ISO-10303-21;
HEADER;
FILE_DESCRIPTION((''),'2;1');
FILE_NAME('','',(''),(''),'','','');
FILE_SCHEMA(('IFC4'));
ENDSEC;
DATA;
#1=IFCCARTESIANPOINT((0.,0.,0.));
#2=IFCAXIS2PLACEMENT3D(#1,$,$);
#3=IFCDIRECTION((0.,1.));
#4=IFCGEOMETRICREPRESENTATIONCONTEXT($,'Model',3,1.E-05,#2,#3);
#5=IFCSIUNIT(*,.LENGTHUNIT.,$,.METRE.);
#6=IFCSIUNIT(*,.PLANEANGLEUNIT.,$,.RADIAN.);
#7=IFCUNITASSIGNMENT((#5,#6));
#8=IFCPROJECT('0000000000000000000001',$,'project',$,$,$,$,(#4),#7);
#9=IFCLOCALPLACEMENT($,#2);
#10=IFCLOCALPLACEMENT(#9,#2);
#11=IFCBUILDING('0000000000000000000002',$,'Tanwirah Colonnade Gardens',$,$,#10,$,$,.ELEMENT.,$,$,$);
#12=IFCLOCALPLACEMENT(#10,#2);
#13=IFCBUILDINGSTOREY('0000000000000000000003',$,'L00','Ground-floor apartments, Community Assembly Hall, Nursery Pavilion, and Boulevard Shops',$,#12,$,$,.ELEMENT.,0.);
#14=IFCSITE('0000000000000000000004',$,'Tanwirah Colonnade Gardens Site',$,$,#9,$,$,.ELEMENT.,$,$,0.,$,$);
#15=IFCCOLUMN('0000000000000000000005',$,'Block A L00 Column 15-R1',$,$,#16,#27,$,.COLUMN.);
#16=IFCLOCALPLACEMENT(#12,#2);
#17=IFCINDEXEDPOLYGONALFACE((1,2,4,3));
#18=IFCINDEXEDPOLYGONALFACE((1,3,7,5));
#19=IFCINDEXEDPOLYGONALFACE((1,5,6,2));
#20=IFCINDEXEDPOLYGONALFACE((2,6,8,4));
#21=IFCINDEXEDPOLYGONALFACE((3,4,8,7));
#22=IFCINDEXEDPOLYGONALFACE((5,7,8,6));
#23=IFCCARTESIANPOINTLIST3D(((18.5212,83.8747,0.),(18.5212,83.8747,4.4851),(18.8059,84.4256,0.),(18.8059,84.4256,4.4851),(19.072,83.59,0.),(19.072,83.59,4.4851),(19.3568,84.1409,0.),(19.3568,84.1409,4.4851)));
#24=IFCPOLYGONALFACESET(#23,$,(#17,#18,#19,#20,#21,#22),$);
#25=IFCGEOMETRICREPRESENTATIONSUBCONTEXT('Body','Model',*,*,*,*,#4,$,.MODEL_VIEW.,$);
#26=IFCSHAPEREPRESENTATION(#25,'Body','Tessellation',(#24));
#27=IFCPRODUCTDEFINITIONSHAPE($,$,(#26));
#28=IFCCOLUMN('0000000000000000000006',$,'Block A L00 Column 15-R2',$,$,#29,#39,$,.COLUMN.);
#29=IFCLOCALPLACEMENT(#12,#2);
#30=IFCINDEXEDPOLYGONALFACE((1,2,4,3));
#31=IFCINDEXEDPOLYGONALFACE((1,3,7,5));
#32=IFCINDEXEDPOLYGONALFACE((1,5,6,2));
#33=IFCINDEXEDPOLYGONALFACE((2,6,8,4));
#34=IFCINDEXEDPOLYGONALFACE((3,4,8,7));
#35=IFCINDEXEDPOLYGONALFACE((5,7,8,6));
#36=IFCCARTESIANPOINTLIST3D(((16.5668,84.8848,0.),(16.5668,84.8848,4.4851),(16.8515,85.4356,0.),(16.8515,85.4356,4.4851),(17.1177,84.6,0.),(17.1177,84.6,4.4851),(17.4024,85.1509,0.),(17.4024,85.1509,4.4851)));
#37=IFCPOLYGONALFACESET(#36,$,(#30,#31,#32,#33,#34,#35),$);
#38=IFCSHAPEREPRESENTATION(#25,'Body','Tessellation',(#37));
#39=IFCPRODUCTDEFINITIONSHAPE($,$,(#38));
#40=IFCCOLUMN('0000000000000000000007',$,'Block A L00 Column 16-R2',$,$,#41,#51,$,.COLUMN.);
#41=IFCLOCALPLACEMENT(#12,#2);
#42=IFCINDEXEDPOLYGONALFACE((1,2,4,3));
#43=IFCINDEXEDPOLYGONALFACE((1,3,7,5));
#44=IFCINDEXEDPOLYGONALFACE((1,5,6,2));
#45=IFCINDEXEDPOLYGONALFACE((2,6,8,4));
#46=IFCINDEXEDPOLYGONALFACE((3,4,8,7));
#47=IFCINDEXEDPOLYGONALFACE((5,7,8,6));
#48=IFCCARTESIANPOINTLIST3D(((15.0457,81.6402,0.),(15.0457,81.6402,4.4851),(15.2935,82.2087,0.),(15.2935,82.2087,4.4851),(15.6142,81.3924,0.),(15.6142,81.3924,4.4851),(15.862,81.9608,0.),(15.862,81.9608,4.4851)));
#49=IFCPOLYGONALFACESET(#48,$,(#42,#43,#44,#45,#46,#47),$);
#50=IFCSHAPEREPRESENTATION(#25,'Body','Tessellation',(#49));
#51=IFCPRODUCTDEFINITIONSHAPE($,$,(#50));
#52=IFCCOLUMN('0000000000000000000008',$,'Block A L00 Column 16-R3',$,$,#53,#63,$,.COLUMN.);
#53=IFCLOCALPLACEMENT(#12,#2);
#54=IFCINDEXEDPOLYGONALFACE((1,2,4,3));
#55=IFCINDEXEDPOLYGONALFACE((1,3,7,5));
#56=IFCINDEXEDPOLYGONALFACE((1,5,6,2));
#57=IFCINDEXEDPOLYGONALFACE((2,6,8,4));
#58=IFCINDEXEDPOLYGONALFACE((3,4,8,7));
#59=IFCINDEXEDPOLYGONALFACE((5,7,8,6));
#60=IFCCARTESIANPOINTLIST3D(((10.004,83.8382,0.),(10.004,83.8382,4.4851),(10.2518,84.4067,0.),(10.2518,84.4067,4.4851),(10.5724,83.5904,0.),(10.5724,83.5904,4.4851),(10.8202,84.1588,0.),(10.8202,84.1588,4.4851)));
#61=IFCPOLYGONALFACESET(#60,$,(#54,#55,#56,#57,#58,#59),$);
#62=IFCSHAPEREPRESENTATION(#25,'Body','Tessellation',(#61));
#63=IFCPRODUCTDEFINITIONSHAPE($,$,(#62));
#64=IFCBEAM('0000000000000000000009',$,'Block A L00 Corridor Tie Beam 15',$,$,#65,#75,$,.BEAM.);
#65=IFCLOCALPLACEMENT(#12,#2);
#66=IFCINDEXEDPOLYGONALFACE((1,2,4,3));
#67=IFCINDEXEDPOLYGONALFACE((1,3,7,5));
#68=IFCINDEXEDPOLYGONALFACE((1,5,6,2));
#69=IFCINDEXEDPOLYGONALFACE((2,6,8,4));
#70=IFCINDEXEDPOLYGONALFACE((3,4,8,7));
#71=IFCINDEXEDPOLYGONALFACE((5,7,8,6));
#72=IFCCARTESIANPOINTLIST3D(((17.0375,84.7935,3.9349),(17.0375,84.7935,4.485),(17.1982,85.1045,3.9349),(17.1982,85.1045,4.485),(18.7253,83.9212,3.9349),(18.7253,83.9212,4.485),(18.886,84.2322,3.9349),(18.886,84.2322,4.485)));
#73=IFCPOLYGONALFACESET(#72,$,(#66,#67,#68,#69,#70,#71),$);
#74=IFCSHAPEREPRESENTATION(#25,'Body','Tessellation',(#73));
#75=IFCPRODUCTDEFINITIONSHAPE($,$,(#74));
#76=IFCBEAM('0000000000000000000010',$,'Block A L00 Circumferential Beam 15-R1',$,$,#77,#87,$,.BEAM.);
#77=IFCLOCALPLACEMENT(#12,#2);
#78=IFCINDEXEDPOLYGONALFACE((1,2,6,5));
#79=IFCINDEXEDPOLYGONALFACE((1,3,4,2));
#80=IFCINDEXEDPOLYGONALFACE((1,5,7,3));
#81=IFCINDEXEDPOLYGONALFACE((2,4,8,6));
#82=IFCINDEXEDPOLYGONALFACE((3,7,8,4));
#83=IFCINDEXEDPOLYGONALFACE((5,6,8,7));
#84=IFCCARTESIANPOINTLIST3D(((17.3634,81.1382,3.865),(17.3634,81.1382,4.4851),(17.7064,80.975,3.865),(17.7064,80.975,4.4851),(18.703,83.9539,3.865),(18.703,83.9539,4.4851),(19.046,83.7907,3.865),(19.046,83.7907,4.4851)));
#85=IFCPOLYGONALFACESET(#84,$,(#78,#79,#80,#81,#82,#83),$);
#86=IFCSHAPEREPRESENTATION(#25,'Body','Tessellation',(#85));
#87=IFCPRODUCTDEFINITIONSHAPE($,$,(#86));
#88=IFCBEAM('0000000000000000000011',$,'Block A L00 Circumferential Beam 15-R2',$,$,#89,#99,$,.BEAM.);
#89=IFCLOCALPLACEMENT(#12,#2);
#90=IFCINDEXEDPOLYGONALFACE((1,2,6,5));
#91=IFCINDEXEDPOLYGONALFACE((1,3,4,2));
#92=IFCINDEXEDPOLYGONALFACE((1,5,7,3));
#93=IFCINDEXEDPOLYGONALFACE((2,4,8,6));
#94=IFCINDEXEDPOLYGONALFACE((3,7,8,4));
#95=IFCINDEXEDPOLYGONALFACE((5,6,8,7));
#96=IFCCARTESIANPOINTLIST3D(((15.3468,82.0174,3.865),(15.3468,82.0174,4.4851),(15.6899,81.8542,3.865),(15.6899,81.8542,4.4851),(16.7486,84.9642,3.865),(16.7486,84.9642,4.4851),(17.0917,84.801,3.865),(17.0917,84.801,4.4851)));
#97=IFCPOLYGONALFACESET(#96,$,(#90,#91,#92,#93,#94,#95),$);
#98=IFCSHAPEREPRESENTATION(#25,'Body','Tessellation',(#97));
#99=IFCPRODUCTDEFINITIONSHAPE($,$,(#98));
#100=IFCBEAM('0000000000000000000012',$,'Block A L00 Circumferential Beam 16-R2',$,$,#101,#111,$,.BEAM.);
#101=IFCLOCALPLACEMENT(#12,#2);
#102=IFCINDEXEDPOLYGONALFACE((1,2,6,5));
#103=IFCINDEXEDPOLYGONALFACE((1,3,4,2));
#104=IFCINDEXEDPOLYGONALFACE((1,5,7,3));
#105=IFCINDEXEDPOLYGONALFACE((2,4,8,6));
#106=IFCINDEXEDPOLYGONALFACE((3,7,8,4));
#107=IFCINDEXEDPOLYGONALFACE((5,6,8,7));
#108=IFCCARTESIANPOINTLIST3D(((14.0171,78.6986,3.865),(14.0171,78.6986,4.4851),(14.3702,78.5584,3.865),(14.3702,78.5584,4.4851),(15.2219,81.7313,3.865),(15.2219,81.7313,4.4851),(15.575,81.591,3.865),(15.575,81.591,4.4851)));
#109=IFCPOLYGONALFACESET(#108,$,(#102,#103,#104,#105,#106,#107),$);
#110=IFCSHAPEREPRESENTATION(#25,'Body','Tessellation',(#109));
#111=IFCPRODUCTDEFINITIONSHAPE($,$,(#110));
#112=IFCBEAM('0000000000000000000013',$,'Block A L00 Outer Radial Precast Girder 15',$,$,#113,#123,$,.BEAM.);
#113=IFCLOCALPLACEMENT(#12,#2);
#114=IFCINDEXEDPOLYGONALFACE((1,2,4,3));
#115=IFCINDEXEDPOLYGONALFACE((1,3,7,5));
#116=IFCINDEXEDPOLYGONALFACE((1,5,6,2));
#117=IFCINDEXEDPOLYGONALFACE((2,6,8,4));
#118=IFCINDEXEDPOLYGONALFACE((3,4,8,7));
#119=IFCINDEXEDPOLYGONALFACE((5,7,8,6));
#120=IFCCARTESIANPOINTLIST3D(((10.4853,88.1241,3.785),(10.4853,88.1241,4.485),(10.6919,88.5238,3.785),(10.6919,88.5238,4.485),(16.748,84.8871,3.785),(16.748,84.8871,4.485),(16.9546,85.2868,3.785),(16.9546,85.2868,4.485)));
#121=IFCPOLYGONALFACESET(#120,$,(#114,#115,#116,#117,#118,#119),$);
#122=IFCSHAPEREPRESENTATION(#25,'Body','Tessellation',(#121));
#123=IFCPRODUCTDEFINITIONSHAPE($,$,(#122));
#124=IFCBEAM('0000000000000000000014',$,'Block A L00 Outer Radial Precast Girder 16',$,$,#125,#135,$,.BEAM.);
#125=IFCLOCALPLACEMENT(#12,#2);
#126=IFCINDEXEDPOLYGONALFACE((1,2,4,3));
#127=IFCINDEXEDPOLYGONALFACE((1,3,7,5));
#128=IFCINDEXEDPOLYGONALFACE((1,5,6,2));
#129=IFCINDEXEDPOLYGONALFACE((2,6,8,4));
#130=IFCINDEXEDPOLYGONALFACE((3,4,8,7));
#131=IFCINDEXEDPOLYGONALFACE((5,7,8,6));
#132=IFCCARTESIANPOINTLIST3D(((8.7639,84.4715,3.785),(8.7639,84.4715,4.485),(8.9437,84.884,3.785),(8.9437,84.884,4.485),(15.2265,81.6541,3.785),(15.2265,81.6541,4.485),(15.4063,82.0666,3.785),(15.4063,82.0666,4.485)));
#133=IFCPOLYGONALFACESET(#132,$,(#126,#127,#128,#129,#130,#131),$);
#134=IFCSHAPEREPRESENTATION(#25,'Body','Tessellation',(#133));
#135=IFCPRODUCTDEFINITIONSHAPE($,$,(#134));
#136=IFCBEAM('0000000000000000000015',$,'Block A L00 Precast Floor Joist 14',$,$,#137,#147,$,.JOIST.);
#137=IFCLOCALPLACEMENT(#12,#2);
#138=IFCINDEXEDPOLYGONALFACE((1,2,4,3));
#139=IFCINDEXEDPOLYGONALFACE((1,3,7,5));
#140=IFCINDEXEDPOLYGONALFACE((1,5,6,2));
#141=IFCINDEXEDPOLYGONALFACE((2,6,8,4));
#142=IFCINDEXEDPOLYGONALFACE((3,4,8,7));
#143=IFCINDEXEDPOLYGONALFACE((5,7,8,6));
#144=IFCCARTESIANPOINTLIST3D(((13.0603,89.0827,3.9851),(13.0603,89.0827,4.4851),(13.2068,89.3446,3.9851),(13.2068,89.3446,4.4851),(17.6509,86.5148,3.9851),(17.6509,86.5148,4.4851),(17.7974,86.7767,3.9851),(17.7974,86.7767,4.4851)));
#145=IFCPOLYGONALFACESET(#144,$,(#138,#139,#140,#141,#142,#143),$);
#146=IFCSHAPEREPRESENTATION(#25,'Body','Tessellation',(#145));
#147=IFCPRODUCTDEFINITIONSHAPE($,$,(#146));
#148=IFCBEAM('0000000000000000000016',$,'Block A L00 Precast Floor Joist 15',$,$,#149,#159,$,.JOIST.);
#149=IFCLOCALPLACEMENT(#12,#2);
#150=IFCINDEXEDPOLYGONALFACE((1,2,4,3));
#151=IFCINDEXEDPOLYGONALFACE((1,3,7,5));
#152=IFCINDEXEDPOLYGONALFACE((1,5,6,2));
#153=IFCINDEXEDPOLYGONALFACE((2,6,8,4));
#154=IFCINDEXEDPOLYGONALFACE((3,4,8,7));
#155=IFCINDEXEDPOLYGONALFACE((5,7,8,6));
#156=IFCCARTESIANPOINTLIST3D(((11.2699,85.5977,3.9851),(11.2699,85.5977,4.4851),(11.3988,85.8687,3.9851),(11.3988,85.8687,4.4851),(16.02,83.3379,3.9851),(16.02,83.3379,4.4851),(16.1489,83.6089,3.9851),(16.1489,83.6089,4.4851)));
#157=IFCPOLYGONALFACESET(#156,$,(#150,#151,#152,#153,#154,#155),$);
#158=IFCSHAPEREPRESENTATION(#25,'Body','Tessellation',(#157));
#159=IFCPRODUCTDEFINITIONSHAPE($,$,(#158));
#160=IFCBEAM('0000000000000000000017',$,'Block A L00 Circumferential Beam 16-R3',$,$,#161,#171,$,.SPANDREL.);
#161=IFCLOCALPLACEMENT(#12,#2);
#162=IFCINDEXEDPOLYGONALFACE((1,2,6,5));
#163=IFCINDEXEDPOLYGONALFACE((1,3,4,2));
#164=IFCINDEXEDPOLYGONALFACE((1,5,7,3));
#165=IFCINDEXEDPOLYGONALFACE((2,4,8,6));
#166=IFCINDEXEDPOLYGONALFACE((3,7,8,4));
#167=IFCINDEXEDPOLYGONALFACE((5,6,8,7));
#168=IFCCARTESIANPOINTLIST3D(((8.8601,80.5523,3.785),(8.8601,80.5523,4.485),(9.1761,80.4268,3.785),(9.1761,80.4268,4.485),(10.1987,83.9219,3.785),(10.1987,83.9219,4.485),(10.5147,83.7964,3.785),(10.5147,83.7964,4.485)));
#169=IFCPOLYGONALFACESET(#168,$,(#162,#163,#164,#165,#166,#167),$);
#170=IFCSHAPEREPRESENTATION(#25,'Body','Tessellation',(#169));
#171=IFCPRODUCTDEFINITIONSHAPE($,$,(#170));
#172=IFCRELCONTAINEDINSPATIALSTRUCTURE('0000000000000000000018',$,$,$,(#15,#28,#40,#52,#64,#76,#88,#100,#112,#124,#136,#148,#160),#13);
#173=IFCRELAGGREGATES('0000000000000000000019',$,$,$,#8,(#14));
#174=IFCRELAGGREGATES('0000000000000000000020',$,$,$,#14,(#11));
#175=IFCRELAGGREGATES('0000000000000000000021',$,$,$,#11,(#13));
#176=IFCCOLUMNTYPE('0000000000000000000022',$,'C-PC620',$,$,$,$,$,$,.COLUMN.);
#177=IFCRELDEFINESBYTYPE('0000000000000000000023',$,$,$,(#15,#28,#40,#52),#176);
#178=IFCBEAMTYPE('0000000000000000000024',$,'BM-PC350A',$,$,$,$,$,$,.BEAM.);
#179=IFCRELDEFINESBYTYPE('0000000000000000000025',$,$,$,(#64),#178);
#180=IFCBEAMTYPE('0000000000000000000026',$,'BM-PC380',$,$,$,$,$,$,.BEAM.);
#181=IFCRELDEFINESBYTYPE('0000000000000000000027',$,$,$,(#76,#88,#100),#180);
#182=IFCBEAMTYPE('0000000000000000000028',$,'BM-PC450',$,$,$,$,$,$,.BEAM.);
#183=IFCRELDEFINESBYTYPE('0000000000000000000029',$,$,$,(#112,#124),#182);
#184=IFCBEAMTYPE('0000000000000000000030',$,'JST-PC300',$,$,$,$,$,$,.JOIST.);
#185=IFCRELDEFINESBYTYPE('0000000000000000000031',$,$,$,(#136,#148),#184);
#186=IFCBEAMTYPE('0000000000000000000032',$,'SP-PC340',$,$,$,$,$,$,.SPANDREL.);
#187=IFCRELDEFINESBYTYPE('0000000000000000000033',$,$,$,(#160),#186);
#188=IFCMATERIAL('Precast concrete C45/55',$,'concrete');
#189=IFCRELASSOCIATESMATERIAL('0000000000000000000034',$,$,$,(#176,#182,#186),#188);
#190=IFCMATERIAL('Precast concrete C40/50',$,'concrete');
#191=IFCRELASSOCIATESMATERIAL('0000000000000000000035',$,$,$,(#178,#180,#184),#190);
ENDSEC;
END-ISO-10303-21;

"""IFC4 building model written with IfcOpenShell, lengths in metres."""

from ifc_helpers import new_model, si_unit, direction, frame, origin, origin_2d, place, context, subcontext, project, spatial, rectangle, extrude, material, material_profile, profile_set, type_object, element, save


model = new_model("IFC4")

# Units and contexts
model_context = context("Model", 3, precision=1e-05, world=origin(), true_north=direction((0.0, 1.0)))
body_context = subcontext(model_context, "Body", "Model", "MODEL_VIEW")
ifc_project = project(units=[si_unit("LENGTHUNIT", "METRE"), si_unit("PLANEANGLEUNIT", "RADIAN")], contexts=[model_context])

# Site, building, storey
site_placement = place(None, origin())
site = spatial("IfcSite", under=ifc_project, at=site_placement, Name="Tanwirah Colonnade Gardens Site", CompositionType="ELEMENT", RefElevation=0.0)
building_placement = place(site_placement, origin())
building = spatial("IfcBuilding", under=site, at=building_placement, Name="Tanwirah Colonnade Gardens", CompositionType="ELEMENT")
storey_placement = place(building_placement, origin())
storey = spatial("IfcBuildingStorey", under=building, at=storey_placement, Name="L00", Description="Ground-floor apartments, Community Assembly Hall, Nursery Pavilion, and Boulevard Shops", CompositionType="ELEMENT", Elevation=0.0)

# Columns
ifc_material_1 = material(Name="Precast concrete C45/55", Category="concrete")
ifc_material_profile_1 = material_profile(ifc_material_1, rectangle(XDim=0.6201, YDim=0.6201, at=origin_2d()), Name="PC-COL 620x620")
ifc_profile_set_1 = profile_set([ifc_material_profile_1], Name="Precast concrete C45/55")
column_type = type_object("IfcColumnType", Name="C-PC620", PredefinedType="COLUMN", material=ifc_profile_set_1)
for number, where, z_axis, x_axis, name in (
    (1, (18.939, 84.0078, 0.0), (0.0, 0.0, 1.0), (-0.88835, 0.459166, 0.0), "Block A L00 Column 15-R1"),
    (2, (16.9846, 85.0178, 0.0), (0.0, 0.0, 1.0), (-0.88835, 0.459166, 0.0), "Block A L00 Column 15-R2"),
    (3, (15.4539, 81.8005, 0.0), (0.0, 0.0, 1.0), (-0.916673, 0.399638, 0.0), "Block A L00 Column 16-R2"),
    (4, (10.4121, 83.9985, 0.0), (0.0, 0.0, 1.0), (-0.916673, 0.399638, 0.0), "Block A L00 Column 16-R3"),
):
    element("IfcColumn", number, at=place(storey_placement, frame(where, z_axis=z_axis, x_axis=x_axis)), inside=storey, type_object=column_type, Name=name, PredefinedType="COLUMN", context=body_context, shape_type="SweptSolid", body=[
        extrude(rectangle(XDim=0.6201, YDim=0.6201, at=origin_2d()), origin(), (0.0, 0.0, 1.0), 4.4851),
    ])

# Beams
ifc_material_2 = material(Name="Precast concrete C40/50", Category="concrete")
ifc_material_profile_2 = material_profile(ifc_material_2, rectangle(XDim=0.3501, YDim=0.55, at=origin_2d()), Name="PC-BM 350x550")
ifc_profile_set_2 = profile_set([ifc_material_profile_2], Name="Precast concrete C40/50")
beam_type_1 = type_object("IfcBeamType", Name="BM-PC350A", PredefinedType="BEAM", material=ifc_profile_set_2)
beam_1_placement = place(storey_placement, frame((18.8057, 84.0767, 4.21), z_axis=(-0.888359, 0.45915, 0.0), x_axis=(-0.45915, -0.888359, 0.0)))
element("IfcBeam", 5, at=beam_1_placement, inside=storey, type_object=beam_type_1, Name="Block A L00 Corridor Tie Beam 15", PredefinedType="BEAM", context=body_context, shape_type="SweptSolid", body=[
    extrude(rectangle(XDim=0.3501, YDim=0.55, at=origin_2d()), origin(), (0.0, 0.0, 1.0), 1.8999),
])
ifc_material_profile_3 = material_profile(ifc_material_2, rectangle(XDim=0.3799, YDim=0.6201, at=origin_2d()), Name="PC-BM 380x620")
ifc_profile_set_3 = profile_set([ifc_material_profile_3], Name="Precast concrete C40/50")
beam_type_2 = type_object("IfcBeamType", Name="BM-PC380", PredefinedType="BEAM", material=ifc_profile_set_3)
beam_2_placement = place(storey_placement, frame((18.8745, 83.8723, 4.175), z_axis=(-0.429621, -0.90301, 0.0), x_axis=(0.90301, -0.429621, 0.0)))
element("IfcBeam", 6, at=beam_2_placement, inside=storey, type_object=beam_type_2, Name="Block A L00 Circumferential Beam 15-R1", PredefinedType="BEAM", context=body_context, shape_type="SweptSolid", body=[
    extrude(rectangle(XDim=0.3799, YDim=0.6201, at=origin_2d()), origin(), (0.0, 0.0, 1.0), 3.1182),
])
for number, where, z_axis, x_axis, name in (
    (7, (16.9202, 84.8826, 4.175), (-0.429591, -0.903024, 0.0), (0.903024, -0.429591, 0.0), "Block A L00 Circumferential Beam 15-R2"),
    (8, (15.3984, 81.6611, 4.175), (-0.36921, -0.929346, 0.0), (0.929346, -0.36921, 0.0), "Block A L00 Circumferential Beam 16-R2"),
):
    element("IfcBeam", number, at=place(storey_placement, frame(where, z_axis=z_axis, x_axis=x_axis)), inside=storey, type_object=beam_type_2, Name=name, PredefinedType="BEAM", context=body_context, shape_type="SweptSolid", body=[
        extrude(rectangle(XDim=0.3799, YDim=0.6201, at=origin_2d()), origin(), (0.0, 0.0, 1.0), 3.2632),
    ])
ifc_material_profile_4 = material_profile(ifc_material_1, rectangle(XDim=0.45, YDim=0.7, at=origin_2d()), Name="PC-BM 450x700")
ifc_profile_set_4 = profile_set([ifc_material_profile_4], Name="Precast concrete C45/55")
beam_type_3 = type_object("IfcBeamType", Name="BM-PC450", PredefinedType="BEAM", material=ifc_profile_set_4)
beam_3_placement = place(storey_placement, frame((16.8513, 85.0869, 4.135), z_axis=(-0.888349, 0.459169, 0.0), x_axis=(-0.459169, -0.888349, 0.0)))
element("IfcBeam", 9, at=beam_3_placement, inside=storey, type_object=beam_type_3, Name="Block A L00 Outer Radial Precast Girder 15", PredefinedType="BEAM", context=body_context, shape_type="SweptSolid", body=[
    extrude(rectangle(XDim=0.45, YDim=0.7, at=origin_2d()), origin(), (0.0, 0.0, 1.0), 7.0498),
])
beam_4_placement = place(storey_placement, frame((15.3164, 81.8604, 4.135), z_axis=(-0.916679, 0.399625, 0.0), x_axis=(-0.399625, -0.916679, 0.0)))
element("IfcBeam", 10, at=beam_4_placement, inside=storey, type_object=beam_type_3, Name="Block A L00 Outer Radial Precast Girder 16", PredefinedType="BEAM", context=body_context, shape_type="SweptSolid", body=[
    extrude(rectangle(XDim=0.45, YDim=0.7, at=origin_2d()), origin(), (0.0, 0.0, 1.0), 7.05),
])
ifc_material_profile_5 = material_profile(ifc_material_2, rectangle(XDim=0.3, YDim=0.5, at=origin_2d()), Name="PC-JST 300x500")
ifc_profile_set_5 = profile_set([ifc_material_profile_5], Name="Precast concrete C40/50")
beam_type_4 = type_object("IfcBeamType", Name="JST-PC300", PredefinedType="JOIST", material=ifc_profile_set_5)
beam_5_placement = place(storey_placement, frame((17.7241, 86.6458, 4.2351), z_axis=(-0.872737, 0.488191, 0.0), x_axis=(-0.488191, -0.872737, 0.0)))
element("IfcBeam", 11, at=beam_5_placement, inside=storey, type_object=beam_type_4, Name="Block A L00 Precast Floor Joist 14", PredefinedType="JOIST", context=body_context, shape_type="SweptSolid", body=[
    extrude(rectangle(XDim=0.3, YDim=0.5, at=origin_2d()), origin(), (0.0, 0.0, 1.0), 5.26),
])
beam_6_placement = place(storey_placement, frame((16.0845, 83.4734, 4.2351), z_axis=(-0.903018, 0.429602, 0.0), x_axis=(-0.429602, -0.903018, 0.0)))
element("IfcBeam", 12, at=beam_6_placement, inside=storey, type_object=beam_type_4, Name="Block A L00 Precast Floor Joist 15", PredefinedType="JOIST", context=body_context, shape_type="SweptSolid", body=[
    extrude(rectangle(XDim=0.3, YDim=0.5, at=origin_2d()), origin(), (0.0, 0.0, 1.0), 5.2603),
])
ifc_material_profile_6 = material_profile(ifc_material_1, rectangle(XDim=0.3401, YDim=0.7, at=origin_2d()), Name="PC-SP 340x700")
ifc_profile_set_6 = profile_set([ifc_material_profile_6], Name="Precast concrete C45/55")
beam_type_5 = type_object("IfcBeamType", Name="SP-PC340", PredefinedType="SPANDREL", material=ifc_profile_set_6)
beam_7_placement = place(storey_placement, frame((10.3567, 83.8591, 4.135), z_axis=(-0.369195, -0.929352, 0.0), x_axis=(0.929352, -0.369195, 0.0)))
element("IfcBeam", 13, at=beam_7_placement, inside=storey, type_object=beam_type_5, Name="Block A L00 Circumferential Beam 16-R3", PredefinedType="SPANDREL", context=body_context, shape_type="SweptSolid", body=[
    extrude(rectangle(XDim=0.3401, YDim=0.7, at=origin_2d()), origin(), (0.0, 0.0, 1.0), 3.6257),
])

save(model, "model.ifc")
